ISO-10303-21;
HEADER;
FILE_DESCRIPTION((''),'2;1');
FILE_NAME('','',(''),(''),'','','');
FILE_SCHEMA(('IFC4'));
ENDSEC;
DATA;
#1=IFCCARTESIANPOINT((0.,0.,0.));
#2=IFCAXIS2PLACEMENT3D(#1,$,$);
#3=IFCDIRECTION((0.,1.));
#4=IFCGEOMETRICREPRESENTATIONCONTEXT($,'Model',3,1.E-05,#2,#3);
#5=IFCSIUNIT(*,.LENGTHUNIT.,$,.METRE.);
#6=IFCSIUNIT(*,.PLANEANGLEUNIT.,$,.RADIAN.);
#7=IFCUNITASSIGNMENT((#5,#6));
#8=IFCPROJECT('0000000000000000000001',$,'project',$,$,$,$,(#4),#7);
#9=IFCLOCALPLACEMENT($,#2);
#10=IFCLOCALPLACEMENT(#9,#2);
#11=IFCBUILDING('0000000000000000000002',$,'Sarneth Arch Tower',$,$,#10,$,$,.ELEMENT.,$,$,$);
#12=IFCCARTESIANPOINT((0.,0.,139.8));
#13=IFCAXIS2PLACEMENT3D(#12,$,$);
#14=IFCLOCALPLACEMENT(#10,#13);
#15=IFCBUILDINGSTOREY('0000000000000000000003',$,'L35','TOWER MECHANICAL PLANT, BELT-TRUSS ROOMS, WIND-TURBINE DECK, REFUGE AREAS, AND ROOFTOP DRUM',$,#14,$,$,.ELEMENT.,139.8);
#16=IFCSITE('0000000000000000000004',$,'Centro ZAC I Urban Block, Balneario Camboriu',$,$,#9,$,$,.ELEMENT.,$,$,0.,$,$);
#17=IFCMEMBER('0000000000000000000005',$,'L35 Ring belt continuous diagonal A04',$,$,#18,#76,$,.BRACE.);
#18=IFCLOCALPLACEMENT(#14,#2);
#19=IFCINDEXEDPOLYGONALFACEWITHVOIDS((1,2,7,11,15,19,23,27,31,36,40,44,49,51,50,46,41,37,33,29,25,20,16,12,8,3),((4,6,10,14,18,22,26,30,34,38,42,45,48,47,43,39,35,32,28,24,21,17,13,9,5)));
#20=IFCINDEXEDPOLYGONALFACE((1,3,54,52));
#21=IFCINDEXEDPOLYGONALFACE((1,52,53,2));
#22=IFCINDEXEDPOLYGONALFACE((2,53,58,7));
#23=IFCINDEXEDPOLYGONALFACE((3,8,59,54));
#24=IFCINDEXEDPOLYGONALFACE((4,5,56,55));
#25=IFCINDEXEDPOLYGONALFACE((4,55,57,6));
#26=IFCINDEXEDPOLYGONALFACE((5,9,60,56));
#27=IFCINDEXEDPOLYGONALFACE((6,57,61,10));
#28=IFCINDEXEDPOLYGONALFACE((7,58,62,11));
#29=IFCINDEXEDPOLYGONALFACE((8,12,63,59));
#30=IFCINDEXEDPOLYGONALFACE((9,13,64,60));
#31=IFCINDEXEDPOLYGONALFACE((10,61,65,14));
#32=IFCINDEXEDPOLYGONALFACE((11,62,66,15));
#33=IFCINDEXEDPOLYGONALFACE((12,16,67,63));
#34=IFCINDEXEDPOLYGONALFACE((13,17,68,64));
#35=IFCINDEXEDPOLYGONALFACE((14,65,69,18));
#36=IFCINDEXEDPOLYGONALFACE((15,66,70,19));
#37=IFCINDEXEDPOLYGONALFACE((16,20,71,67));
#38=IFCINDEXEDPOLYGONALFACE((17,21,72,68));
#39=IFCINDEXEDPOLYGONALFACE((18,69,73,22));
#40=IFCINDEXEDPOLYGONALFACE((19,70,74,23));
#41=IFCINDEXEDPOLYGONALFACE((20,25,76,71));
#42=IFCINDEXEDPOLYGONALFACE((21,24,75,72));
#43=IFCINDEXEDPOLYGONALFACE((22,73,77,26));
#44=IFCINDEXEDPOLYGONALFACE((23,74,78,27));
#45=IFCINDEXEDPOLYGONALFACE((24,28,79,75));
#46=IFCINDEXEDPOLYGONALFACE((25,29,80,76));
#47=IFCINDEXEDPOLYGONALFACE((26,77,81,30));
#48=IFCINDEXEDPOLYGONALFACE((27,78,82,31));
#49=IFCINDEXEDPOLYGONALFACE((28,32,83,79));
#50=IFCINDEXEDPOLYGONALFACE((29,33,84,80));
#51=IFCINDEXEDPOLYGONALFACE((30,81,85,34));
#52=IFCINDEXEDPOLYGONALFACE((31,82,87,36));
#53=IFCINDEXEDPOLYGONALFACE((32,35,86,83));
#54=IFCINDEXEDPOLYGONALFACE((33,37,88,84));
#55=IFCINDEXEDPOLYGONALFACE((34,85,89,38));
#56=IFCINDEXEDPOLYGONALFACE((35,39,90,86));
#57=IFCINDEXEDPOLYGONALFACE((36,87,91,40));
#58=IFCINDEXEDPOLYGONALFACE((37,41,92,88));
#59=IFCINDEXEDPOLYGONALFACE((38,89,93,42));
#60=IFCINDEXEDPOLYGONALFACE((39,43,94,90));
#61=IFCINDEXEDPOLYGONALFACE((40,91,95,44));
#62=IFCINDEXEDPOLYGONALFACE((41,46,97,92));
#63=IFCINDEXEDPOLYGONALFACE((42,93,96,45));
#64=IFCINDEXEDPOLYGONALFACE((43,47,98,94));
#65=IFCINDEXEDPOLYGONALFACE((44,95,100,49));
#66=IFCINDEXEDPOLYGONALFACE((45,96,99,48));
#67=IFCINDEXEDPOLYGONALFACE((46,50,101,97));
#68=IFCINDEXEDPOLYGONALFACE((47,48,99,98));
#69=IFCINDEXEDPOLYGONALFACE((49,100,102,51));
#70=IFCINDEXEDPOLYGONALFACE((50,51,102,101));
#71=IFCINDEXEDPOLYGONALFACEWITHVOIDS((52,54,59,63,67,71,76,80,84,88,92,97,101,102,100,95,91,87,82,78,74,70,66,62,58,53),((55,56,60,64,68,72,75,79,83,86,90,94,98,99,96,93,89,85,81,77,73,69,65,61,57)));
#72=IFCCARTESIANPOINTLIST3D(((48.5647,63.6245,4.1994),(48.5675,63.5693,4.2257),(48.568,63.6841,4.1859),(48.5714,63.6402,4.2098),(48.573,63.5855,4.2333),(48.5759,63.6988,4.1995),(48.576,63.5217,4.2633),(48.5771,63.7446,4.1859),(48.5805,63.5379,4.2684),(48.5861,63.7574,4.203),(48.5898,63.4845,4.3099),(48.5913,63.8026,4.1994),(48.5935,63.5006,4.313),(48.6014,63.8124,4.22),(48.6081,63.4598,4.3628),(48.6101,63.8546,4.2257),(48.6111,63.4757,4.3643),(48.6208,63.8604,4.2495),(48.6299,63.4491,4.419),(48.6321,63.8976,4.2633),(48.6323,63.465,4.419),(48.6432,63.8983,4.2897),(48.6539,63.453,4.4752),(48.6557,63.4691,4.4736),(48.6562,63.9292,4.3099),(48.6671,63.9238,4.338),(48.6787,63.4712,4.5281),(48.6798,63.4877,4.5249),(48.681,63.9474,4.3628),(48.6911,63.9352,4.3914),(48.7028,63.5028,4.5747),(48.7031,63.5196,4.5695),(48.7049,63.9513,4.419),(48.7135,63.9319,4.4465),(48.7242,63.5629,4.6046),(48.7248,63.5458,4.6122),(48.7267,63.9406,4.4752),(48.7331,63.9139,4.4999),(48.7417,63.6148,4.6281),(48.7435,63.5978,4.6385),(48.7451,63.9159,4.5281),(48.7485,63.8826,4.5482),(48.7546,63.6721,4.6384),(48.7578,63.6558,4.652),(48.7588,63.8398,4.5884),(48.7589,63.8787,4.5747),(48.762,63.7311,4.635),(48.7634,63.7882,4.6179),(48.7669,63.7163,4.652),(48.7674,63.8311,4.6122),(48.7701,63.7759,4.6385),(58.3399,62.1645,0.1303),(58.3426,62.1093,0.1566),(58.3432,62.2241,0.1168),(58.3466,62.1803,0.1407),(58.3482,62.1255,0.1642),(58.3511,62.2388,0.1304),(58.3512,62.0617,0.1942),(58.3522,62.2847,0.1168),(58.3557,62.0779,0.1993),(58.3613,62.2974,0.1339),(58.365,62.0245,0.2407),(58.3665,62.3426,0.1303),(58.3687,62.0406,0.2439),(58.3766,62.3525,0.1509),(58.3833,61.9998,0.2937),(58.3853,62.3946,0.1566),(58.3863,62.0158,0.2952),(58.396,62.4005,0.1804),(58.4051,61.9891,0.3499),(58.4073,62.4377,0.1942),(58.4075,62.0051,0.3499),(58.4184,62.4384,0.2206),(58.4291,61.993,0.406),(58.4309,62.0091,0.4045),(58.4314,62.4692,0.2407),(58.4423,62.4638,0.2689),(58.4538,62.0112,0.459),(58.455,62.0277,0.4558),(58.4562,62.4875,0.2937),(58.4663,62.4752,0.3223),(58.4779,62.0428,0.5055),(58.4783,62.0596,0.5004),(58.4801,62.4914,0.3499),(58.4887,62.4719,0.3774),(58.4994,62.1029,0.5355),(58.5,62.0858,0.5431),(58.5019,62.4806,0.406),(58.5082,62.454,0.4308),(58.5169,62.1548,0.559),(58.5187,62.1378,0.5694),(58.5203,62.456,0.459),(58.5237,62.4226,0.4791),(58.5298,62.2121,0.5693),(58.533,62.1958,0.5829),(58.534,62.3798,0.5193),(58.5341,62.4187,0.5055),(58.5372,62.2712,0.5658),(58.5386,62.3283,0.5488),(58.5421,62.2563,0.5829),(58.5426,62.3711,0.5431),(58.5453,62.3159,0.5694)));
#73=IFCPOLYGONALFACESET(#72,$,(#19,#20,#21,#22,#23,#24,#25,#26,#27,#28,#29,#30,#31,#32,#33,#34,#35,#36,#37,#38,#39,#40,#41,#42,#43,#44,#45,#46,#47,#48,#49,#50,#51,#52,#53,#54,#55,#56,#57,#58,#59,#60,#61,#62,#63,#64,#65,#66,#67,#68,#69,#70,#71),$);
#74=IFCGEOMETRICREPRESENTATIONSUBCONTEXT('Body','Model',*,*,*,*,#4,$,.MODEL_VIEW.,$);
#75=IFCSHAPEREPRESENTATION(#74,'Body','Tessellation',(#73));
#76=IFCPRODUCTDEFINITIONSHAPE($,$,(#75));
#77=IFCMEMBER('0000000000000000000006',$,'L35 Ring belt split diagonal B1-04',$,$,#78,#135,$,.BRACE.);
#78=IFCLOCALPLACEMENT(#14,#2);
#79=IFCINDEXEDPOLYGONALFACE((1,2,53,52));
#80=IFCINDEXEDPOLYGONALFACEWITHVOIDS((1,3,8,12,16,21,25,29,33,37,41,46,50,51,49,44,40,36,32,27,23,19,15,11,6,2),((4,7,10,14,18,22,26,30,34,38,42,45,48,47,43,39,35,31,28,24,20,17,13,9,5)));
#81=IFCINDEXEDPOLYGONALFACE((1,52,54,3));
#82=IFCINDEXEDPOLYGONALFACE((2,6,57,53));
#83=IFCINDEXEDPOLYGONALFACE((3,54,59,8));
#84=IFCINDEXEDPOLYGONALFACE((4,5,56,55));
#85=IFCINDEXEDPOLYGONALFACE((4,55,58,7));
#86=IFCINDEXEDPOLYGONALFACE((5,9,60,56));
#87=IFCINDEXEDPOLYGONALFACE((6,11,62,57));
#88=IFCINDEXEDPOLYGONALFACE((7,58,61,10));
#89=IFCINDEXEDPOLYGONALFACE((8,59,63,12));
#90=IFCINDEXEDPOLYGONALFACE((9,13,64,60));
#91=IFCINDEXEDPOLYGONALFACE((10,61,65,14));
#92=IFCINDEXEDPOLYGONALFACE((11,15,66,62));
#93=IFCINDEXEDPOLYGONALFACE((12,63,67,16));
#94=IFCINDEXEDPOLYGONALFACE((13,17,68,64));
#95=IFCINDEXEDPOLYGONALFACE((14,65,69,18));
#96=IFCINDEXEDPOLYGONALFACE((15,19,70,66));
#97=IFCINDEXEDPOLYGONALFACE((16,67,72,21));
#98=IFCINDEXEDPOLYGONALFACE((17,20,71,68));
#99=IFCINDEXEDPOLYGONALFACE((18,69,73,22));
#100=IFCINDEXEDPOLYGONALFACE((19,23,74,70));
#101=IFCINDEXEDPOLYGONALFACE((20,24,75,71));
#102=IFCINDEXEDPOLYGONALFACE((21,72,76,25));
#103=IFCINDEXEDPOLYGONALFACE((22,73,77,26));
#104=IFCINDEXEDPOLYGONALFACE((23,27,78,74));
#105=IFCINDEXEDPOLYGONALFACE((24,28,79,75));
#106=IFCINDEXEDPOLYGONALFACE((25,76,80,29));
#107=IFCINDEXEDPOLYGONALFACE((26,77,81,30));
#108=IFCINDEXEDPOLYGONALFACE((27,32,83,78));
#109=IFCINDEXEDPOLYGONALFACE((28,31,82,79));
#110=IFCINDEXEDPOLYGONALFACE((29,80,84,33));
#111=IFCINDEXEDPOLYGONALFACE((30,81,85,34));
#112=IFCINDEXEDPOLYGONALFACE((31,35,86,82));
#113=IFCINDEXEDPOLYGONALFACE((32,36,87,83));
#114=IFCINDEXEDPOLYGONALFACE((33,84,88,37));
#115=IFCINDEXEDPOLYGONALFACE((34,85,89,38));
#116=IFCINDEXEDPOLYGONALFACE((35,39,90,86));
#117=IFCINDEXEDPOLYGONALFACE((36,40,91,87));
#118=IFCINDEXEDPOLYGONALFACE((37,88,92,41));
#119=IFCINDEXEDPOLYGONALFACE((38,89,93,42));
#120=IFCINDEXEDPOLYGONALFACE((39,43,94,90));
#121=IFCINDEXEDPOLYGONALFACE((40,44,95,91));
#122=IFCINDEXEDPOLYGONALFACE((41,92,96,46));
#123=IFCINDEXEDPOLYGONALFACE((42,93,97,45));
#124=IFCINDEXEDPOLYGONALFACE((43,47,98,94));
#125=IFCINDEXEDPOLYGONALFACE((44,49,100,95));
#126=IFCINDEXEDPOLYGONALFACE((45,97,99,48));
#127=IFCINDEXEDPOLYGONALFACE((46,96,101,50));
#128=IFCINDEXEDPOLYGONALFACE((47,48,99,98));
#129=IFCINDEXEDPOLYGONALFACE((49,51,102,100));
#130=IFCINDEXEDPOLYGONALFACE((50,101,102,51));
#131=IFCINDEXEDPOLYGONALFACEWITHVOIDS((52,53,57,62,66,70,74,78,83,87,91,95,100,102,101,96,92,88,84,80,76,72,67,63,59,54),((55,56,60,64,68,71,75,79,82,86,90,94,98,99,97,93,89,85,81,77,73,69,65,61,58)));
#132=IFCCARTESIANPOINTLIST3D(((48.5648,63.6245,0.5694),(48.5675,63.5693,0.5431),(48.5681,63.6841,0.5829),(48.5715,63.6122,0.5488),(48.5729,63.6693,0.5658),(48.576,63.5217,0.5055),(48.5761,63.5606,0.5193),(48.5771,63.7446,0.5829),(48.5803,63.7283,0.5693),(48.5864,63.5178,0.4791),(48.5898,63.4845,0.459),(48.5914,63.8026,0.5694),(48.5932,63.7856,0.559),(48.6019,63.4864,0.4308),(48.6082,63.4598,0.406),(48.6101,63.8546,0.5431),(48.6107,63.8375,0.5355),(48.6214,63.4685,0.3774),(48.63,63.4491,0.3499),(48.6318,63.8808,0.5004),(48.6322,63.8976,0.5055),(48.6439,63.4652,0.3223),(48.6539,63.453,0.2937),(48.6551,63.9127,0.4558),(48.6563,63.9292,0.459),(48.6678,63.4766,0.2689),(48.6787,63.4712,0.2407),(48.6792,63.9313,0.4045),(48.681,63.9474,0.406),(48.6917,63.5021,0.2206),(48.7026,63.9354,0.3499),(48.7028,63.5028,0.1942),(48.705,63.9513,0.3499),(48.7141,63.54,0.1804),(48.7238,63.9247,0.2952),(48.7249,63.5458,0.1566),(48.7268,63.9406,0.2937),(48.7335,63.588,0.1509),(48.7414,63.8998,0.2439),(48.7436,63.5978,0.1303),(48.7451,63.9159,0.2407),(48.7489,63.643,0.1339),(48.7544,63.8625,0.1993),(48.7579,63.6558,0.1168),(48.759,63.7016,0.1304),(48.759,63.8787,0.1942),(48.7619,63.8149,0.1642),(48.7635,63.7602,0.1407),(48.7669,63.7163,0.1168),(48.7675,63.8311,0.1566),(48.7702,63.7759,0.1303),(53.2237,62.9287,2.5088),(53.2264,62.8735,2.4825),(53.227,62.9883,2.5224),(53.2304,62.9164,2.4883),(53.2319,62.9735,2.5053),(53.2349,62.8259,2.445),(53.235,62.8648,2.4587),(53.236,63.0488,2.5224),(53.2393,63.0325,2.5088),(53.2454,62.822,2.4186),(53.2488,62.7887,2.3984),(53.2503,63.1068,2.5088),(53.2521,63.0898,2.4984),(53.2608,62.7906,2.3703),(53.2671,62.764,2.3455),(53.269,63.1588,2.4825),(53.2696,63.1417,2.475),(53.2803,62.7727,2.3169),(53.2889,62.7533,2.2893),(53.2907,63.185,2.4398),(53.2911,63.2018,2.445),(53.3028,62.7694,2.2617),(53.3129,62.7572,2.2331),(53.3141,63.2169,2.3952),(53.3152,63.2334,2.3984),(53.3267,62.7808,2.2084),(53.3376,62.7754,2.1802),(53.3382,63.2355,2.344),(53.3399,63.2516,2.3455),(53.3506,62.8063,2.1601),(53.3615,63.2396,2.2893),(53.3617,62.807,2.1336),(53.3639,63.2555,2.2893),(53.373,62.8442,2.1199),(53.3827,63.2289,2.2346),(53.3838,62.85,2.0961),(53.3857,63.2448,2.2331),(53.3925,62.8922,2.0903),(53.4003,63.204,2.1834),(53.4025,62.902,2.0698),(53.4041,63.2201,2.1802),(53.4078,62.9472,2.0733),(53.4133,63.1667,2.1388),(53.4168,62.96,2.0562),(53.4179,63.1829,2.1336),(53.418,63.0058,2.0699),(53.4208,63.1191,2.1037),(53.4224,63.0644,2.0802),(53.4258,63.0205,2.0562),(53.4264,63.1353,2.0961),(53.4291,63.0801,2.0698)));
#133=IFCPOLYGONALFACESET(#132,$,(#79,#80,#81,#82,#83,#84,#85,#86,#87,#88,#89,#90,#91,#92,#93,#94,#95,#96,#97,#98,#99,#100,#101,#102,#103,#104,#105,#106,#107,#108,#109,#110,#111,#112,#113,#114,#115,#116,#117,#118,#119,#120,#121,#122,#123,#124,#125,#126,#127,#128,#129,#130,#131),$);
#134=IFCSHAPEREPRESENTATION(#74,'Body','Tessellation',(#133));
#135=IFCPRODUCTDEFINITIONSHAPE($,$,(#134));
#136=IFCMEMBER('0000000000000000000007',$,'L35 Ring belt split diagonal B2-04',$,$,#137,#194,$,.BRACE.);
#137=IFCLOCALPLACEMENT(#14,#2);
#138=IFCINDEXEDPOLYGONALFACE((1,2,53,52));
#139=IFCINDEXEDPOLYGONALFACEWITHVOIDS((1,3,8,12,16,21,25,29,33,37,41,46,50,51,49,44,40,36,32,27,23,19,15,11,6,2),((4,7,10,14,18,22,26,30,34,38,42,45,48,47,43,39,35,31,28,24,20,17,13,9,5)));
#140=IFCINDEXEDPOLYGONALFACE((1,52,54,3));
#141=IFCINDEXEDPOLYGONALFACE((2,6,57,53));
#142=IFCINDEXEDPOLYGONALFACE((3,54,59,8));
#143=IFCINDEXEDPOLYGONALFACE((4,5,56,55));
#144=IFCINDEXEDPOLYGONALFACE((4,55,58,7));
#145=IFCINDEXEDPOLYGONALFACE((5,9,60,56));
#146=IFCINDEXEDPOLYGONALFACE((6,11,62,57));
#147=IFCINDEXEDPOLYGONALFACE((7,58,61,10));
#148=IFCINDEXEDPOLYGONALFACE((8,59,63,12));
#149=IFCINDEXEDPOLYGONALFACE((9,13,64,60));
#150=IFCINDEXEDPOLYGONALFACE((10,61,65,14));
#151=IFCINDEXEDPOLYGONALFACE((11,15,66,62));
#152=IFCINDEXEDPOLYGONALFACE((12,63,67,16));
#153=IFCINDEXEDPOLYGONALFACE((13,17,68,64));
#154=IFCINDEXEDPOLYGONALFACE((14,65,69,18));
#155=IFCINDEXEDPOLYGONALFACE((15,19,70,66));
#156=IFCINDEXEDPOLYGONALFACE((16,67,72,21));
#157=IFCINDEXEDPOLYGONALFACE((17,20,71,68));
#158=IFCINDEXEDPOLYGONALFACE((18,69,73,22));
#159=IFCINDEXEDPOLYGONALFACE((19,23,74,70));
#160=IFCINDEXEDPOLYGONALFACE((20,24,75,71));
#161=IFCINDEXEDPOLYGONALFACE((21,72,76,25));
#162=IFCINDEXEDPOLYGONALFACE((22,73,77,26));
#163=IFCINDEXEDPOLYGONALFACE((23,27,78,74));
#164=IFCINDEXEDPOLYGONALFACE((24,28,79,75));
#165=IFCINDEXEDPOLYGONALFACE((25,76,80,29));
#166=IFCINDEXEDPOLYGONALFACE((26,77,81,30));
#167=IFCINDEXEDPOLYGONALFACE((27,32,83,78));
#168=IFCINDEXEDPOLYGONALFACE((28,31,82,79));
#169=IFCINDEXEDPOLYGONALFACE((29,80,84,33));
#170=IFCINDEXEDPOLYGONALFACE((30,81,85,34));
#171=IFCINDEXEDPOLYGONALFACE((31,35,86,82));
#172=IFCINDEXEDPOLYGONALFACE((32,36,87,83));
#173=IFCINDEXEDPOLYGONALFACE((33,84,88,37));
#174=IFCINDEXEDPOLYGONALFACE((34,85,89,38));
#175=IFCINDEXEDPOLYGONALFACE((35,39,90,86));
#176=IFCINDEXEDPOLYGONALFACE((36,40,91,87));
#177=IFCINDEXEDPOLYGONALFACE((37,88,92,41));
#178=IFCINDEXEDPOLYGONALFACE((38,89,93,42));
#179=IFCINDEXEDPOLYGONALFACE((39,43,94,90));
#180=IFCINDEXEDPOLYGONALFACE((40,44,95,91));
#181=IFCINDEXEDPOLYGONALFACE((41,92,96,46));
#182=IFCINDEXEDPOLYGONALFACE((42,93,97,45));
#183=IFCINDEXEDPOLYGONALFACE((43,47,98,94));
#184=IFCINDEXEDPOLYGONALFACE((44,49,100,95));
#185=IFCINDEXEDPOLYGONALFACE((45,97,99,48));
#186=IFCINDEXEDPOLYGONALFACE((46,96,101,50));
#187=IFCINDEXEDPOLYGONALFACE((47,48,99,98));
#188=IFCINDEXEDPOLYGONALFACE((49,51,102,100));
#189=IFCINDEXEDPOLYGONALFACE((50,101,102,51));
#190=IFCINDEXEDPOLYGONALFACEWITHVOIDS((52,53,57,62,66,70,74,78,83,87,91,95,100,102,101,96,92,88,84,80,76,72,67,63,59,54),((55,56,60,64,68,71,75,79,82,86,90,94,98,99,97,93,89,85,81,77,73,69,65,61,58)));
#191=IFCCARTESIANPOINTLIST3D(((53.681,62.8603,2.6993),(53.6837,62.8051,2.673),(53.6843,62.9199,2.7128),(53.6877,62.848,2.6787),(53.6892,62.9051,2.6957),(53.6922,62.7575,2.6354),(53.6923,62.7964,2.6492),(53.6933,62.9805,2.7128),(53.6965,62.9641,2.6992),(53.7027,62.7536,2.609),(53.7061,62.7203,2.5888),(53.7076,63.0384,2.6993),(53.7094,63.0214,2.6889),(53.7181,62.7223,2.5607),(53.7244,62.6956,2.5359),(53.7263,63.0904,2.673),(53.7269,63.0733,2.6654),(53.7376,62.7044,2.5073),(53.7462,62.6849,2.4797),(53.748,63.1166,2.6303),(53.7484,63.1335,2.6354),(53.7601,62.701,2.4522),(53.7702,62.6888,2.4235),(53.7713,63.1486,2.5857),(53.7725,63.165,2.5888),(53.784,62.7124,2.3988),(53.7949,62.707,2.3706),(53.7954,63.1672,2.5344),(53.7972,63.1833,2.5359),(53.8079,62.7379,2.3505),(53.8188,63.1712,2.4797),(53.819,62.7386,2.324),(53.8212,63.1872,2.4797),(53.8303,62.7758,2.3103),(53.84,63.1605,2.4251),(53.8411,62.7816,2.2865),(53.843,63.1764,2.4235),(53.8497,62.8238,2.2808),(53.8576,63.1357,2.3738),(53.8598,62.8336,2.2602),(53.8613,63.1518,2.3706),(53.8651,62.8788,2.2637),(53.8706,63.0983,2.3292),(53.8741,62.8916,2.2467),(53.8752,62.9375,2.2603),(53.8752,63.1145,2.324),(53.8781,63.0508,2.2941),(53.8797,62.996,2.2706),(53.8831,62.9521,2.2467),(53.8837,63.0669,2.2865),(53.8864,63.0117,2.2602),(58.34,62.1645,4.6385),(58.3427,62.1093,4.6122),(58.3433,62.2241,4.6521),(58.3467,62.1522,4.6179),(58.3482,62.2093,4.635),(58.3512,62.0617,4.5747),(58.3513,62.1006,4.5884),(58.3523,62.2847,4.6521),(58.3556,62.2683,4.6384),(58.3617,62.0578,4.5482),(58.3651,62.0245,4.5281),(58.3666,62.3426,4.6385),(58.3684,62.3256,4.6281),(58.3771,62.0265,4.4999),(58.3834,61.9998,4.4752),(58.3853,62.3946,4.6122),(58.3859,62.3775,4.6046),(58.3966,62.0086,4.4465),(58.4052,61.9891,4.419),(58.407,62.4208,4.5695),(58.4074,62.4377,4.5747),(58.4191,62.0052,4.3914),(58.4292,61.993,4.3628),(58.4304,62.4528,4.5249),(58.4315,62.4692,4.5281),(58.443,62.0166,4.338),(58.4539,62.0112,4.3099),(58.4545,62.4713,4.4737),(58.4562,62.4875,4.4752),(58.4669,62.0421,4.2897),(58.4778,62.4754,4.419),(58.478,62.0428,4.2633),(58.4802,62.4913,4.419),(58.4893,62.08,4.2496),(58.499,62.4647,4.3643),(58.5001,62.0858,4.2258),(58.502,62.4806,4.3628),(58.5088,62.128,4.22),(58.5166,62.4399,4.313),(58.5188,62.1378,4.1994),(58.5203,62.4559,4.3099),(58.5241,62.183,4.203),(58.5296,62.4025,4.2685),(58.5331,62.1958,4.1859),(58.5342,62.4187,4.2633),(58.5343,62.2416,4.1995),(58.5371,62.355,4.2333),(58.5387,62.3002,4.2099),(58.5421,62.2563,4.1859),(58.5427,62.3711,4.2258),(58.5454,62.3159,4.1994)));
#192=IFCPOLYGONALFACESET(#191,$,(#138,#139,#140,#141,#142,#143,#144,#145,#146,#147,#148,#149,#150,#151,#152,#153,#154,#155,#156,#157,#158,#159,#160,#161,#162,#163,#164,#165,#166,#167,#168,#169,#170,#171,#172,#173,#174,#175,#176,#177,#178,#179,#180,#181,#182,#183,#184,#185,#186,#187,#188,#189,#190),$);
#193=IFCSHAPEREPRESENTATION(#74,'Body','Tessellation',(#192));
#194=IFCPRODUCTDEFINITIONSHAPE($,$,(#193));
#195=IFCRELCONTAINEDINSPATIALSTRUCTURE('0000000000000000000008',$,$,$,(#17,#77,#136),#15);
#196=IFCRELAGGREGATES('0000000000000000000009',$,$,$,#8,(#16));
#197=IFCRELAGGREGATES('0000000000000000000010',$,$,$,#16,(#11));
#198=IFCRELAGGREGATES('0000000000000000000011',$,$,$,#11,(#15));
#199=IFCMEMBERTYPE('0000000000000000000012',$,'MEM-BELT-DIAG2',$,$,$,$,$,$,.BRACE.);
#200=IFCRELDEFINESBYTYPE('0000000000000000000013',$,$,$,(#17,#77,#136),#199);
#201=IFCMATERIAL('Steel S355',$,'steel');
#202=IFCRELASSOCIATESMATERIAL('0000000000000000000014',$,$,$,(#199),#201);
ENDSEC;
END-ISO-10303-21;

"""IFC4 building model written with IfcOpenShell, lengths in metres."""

from ifc_helpers import new_model, si_unit, direction, frame, origin, origin_2d, place, context, subcontext, project, spatial, hollow_circle, extrude, material, material_profile, profile_set, type_object, element, save


model = new_model("IFC4")

# Units and contexts
model_context = context("Model", 3, precision=1e-05, world=origin(), true_north=direction((0.0, 1.0)))
body_context = subcontext(model_context, "Body", "Model", "MODEL_VIEW")
ifc_project = project(units=[si_unit("LENGTHUNIT", "METRE"), si_unit("PLANEANGLEUNIT", "RADIAN")], contexts=[model_context])

# Site, building, storey
site_placement = place(None, origin())
site = spatial("IfcSite", under=ifc_project, at=site_placement, Name="Centro ZAC I Urban Block, Balneario Camboriu", CompositionType="ELEMENT", RefElevation=0.0)
building_placement = place(site_placement, origin())
building = spatial("IfcBuilding", under=site, at=building_placement, Name="Sarneth Arch Tower", CompositionType="ELEMENT")
storey_placement = place(building_placement, frame((0.0, 0.0, 139.8)))
storey = spatial("IfcBuildingStorey", under=building, at=storey_placement, Name="L35", Description="TOWER MECHANICAL PLANT, BELT-TRUSS ROOMS, WIND-TURBINE DECK, REFUGE AREAS, AND ROOFTOP DRUM", CompositionType="ELEMENT", Elevation=139.8)

# Members
ifc_material_1 = material(Name="Steel S355", Category="steel")
ifc_material_profile_1 = material_profile(ifc_material_1, hollow_circle(Radius=0.2539, WallThickness=0.0161, at=origin_2d()), Name="CHS508x16")
ifc_profile_set_1 = profile_set([ifc_material_profile_1], Name="Steel S355")
member_type_1 = type_object("IfcMemberType", Name="MEM-BELT-DIAG2", PredefinedType="BRACE", material=ifc_profile_set_1)
member_1_placement = place(storey_placement, frame((58.4426, 62.2402, 0.3499), z_axis=(-0.914554, 0.136593, 0.380701), x_axis=(-0.147716, -0.98903, 0.0)))
element("IfcMember", 1, at=member_1_placement, inside=storey, type_object=member_type_1, Name="L35 Ring belt continuous diagonal A04", PredefinedType="BRACE", context=body_context, shape_type="SweptSolid", body=[
    extrude(hollow_circle(Radius=0.2539, WallThickness=0.0161, at=origin_2d()), origin(), (0.0, 0.0, 1.0), 10.6885),
])
for number, where, z_axis, x_axis, name in (
    (2, (48.6675, 63.7002, 0.3499), (0.914549, -0.136586, 0.380715), (0.147709, 0.989031, 0.0), "L35 Ring belt split diagonal B1-04"),
    (3, (53.7837, 62.936, 2.4797), (0.914566, -0.136588, 0.380674), (0.147709, 0.989031, 0.0), "L35 Ring belt split diagonal B2-04"),
):
    element("IfcMember", number, at=place(storey_placement, frame(where, z_axis=z_axis, x_axis=x_axis)), inside=storey, type_object=member_type_1, Name=name, PredefinedType="BRACE", context=body_context, shape_type="SweptSolid", body=[
        extrude(hollow_circle(Radius=0.2539, WallThickness=0.0161, at=origin_2d()), origin(), (0.0, 0.0, 1.0), 5.0942),
    ])

save(model, "model.ifc")
